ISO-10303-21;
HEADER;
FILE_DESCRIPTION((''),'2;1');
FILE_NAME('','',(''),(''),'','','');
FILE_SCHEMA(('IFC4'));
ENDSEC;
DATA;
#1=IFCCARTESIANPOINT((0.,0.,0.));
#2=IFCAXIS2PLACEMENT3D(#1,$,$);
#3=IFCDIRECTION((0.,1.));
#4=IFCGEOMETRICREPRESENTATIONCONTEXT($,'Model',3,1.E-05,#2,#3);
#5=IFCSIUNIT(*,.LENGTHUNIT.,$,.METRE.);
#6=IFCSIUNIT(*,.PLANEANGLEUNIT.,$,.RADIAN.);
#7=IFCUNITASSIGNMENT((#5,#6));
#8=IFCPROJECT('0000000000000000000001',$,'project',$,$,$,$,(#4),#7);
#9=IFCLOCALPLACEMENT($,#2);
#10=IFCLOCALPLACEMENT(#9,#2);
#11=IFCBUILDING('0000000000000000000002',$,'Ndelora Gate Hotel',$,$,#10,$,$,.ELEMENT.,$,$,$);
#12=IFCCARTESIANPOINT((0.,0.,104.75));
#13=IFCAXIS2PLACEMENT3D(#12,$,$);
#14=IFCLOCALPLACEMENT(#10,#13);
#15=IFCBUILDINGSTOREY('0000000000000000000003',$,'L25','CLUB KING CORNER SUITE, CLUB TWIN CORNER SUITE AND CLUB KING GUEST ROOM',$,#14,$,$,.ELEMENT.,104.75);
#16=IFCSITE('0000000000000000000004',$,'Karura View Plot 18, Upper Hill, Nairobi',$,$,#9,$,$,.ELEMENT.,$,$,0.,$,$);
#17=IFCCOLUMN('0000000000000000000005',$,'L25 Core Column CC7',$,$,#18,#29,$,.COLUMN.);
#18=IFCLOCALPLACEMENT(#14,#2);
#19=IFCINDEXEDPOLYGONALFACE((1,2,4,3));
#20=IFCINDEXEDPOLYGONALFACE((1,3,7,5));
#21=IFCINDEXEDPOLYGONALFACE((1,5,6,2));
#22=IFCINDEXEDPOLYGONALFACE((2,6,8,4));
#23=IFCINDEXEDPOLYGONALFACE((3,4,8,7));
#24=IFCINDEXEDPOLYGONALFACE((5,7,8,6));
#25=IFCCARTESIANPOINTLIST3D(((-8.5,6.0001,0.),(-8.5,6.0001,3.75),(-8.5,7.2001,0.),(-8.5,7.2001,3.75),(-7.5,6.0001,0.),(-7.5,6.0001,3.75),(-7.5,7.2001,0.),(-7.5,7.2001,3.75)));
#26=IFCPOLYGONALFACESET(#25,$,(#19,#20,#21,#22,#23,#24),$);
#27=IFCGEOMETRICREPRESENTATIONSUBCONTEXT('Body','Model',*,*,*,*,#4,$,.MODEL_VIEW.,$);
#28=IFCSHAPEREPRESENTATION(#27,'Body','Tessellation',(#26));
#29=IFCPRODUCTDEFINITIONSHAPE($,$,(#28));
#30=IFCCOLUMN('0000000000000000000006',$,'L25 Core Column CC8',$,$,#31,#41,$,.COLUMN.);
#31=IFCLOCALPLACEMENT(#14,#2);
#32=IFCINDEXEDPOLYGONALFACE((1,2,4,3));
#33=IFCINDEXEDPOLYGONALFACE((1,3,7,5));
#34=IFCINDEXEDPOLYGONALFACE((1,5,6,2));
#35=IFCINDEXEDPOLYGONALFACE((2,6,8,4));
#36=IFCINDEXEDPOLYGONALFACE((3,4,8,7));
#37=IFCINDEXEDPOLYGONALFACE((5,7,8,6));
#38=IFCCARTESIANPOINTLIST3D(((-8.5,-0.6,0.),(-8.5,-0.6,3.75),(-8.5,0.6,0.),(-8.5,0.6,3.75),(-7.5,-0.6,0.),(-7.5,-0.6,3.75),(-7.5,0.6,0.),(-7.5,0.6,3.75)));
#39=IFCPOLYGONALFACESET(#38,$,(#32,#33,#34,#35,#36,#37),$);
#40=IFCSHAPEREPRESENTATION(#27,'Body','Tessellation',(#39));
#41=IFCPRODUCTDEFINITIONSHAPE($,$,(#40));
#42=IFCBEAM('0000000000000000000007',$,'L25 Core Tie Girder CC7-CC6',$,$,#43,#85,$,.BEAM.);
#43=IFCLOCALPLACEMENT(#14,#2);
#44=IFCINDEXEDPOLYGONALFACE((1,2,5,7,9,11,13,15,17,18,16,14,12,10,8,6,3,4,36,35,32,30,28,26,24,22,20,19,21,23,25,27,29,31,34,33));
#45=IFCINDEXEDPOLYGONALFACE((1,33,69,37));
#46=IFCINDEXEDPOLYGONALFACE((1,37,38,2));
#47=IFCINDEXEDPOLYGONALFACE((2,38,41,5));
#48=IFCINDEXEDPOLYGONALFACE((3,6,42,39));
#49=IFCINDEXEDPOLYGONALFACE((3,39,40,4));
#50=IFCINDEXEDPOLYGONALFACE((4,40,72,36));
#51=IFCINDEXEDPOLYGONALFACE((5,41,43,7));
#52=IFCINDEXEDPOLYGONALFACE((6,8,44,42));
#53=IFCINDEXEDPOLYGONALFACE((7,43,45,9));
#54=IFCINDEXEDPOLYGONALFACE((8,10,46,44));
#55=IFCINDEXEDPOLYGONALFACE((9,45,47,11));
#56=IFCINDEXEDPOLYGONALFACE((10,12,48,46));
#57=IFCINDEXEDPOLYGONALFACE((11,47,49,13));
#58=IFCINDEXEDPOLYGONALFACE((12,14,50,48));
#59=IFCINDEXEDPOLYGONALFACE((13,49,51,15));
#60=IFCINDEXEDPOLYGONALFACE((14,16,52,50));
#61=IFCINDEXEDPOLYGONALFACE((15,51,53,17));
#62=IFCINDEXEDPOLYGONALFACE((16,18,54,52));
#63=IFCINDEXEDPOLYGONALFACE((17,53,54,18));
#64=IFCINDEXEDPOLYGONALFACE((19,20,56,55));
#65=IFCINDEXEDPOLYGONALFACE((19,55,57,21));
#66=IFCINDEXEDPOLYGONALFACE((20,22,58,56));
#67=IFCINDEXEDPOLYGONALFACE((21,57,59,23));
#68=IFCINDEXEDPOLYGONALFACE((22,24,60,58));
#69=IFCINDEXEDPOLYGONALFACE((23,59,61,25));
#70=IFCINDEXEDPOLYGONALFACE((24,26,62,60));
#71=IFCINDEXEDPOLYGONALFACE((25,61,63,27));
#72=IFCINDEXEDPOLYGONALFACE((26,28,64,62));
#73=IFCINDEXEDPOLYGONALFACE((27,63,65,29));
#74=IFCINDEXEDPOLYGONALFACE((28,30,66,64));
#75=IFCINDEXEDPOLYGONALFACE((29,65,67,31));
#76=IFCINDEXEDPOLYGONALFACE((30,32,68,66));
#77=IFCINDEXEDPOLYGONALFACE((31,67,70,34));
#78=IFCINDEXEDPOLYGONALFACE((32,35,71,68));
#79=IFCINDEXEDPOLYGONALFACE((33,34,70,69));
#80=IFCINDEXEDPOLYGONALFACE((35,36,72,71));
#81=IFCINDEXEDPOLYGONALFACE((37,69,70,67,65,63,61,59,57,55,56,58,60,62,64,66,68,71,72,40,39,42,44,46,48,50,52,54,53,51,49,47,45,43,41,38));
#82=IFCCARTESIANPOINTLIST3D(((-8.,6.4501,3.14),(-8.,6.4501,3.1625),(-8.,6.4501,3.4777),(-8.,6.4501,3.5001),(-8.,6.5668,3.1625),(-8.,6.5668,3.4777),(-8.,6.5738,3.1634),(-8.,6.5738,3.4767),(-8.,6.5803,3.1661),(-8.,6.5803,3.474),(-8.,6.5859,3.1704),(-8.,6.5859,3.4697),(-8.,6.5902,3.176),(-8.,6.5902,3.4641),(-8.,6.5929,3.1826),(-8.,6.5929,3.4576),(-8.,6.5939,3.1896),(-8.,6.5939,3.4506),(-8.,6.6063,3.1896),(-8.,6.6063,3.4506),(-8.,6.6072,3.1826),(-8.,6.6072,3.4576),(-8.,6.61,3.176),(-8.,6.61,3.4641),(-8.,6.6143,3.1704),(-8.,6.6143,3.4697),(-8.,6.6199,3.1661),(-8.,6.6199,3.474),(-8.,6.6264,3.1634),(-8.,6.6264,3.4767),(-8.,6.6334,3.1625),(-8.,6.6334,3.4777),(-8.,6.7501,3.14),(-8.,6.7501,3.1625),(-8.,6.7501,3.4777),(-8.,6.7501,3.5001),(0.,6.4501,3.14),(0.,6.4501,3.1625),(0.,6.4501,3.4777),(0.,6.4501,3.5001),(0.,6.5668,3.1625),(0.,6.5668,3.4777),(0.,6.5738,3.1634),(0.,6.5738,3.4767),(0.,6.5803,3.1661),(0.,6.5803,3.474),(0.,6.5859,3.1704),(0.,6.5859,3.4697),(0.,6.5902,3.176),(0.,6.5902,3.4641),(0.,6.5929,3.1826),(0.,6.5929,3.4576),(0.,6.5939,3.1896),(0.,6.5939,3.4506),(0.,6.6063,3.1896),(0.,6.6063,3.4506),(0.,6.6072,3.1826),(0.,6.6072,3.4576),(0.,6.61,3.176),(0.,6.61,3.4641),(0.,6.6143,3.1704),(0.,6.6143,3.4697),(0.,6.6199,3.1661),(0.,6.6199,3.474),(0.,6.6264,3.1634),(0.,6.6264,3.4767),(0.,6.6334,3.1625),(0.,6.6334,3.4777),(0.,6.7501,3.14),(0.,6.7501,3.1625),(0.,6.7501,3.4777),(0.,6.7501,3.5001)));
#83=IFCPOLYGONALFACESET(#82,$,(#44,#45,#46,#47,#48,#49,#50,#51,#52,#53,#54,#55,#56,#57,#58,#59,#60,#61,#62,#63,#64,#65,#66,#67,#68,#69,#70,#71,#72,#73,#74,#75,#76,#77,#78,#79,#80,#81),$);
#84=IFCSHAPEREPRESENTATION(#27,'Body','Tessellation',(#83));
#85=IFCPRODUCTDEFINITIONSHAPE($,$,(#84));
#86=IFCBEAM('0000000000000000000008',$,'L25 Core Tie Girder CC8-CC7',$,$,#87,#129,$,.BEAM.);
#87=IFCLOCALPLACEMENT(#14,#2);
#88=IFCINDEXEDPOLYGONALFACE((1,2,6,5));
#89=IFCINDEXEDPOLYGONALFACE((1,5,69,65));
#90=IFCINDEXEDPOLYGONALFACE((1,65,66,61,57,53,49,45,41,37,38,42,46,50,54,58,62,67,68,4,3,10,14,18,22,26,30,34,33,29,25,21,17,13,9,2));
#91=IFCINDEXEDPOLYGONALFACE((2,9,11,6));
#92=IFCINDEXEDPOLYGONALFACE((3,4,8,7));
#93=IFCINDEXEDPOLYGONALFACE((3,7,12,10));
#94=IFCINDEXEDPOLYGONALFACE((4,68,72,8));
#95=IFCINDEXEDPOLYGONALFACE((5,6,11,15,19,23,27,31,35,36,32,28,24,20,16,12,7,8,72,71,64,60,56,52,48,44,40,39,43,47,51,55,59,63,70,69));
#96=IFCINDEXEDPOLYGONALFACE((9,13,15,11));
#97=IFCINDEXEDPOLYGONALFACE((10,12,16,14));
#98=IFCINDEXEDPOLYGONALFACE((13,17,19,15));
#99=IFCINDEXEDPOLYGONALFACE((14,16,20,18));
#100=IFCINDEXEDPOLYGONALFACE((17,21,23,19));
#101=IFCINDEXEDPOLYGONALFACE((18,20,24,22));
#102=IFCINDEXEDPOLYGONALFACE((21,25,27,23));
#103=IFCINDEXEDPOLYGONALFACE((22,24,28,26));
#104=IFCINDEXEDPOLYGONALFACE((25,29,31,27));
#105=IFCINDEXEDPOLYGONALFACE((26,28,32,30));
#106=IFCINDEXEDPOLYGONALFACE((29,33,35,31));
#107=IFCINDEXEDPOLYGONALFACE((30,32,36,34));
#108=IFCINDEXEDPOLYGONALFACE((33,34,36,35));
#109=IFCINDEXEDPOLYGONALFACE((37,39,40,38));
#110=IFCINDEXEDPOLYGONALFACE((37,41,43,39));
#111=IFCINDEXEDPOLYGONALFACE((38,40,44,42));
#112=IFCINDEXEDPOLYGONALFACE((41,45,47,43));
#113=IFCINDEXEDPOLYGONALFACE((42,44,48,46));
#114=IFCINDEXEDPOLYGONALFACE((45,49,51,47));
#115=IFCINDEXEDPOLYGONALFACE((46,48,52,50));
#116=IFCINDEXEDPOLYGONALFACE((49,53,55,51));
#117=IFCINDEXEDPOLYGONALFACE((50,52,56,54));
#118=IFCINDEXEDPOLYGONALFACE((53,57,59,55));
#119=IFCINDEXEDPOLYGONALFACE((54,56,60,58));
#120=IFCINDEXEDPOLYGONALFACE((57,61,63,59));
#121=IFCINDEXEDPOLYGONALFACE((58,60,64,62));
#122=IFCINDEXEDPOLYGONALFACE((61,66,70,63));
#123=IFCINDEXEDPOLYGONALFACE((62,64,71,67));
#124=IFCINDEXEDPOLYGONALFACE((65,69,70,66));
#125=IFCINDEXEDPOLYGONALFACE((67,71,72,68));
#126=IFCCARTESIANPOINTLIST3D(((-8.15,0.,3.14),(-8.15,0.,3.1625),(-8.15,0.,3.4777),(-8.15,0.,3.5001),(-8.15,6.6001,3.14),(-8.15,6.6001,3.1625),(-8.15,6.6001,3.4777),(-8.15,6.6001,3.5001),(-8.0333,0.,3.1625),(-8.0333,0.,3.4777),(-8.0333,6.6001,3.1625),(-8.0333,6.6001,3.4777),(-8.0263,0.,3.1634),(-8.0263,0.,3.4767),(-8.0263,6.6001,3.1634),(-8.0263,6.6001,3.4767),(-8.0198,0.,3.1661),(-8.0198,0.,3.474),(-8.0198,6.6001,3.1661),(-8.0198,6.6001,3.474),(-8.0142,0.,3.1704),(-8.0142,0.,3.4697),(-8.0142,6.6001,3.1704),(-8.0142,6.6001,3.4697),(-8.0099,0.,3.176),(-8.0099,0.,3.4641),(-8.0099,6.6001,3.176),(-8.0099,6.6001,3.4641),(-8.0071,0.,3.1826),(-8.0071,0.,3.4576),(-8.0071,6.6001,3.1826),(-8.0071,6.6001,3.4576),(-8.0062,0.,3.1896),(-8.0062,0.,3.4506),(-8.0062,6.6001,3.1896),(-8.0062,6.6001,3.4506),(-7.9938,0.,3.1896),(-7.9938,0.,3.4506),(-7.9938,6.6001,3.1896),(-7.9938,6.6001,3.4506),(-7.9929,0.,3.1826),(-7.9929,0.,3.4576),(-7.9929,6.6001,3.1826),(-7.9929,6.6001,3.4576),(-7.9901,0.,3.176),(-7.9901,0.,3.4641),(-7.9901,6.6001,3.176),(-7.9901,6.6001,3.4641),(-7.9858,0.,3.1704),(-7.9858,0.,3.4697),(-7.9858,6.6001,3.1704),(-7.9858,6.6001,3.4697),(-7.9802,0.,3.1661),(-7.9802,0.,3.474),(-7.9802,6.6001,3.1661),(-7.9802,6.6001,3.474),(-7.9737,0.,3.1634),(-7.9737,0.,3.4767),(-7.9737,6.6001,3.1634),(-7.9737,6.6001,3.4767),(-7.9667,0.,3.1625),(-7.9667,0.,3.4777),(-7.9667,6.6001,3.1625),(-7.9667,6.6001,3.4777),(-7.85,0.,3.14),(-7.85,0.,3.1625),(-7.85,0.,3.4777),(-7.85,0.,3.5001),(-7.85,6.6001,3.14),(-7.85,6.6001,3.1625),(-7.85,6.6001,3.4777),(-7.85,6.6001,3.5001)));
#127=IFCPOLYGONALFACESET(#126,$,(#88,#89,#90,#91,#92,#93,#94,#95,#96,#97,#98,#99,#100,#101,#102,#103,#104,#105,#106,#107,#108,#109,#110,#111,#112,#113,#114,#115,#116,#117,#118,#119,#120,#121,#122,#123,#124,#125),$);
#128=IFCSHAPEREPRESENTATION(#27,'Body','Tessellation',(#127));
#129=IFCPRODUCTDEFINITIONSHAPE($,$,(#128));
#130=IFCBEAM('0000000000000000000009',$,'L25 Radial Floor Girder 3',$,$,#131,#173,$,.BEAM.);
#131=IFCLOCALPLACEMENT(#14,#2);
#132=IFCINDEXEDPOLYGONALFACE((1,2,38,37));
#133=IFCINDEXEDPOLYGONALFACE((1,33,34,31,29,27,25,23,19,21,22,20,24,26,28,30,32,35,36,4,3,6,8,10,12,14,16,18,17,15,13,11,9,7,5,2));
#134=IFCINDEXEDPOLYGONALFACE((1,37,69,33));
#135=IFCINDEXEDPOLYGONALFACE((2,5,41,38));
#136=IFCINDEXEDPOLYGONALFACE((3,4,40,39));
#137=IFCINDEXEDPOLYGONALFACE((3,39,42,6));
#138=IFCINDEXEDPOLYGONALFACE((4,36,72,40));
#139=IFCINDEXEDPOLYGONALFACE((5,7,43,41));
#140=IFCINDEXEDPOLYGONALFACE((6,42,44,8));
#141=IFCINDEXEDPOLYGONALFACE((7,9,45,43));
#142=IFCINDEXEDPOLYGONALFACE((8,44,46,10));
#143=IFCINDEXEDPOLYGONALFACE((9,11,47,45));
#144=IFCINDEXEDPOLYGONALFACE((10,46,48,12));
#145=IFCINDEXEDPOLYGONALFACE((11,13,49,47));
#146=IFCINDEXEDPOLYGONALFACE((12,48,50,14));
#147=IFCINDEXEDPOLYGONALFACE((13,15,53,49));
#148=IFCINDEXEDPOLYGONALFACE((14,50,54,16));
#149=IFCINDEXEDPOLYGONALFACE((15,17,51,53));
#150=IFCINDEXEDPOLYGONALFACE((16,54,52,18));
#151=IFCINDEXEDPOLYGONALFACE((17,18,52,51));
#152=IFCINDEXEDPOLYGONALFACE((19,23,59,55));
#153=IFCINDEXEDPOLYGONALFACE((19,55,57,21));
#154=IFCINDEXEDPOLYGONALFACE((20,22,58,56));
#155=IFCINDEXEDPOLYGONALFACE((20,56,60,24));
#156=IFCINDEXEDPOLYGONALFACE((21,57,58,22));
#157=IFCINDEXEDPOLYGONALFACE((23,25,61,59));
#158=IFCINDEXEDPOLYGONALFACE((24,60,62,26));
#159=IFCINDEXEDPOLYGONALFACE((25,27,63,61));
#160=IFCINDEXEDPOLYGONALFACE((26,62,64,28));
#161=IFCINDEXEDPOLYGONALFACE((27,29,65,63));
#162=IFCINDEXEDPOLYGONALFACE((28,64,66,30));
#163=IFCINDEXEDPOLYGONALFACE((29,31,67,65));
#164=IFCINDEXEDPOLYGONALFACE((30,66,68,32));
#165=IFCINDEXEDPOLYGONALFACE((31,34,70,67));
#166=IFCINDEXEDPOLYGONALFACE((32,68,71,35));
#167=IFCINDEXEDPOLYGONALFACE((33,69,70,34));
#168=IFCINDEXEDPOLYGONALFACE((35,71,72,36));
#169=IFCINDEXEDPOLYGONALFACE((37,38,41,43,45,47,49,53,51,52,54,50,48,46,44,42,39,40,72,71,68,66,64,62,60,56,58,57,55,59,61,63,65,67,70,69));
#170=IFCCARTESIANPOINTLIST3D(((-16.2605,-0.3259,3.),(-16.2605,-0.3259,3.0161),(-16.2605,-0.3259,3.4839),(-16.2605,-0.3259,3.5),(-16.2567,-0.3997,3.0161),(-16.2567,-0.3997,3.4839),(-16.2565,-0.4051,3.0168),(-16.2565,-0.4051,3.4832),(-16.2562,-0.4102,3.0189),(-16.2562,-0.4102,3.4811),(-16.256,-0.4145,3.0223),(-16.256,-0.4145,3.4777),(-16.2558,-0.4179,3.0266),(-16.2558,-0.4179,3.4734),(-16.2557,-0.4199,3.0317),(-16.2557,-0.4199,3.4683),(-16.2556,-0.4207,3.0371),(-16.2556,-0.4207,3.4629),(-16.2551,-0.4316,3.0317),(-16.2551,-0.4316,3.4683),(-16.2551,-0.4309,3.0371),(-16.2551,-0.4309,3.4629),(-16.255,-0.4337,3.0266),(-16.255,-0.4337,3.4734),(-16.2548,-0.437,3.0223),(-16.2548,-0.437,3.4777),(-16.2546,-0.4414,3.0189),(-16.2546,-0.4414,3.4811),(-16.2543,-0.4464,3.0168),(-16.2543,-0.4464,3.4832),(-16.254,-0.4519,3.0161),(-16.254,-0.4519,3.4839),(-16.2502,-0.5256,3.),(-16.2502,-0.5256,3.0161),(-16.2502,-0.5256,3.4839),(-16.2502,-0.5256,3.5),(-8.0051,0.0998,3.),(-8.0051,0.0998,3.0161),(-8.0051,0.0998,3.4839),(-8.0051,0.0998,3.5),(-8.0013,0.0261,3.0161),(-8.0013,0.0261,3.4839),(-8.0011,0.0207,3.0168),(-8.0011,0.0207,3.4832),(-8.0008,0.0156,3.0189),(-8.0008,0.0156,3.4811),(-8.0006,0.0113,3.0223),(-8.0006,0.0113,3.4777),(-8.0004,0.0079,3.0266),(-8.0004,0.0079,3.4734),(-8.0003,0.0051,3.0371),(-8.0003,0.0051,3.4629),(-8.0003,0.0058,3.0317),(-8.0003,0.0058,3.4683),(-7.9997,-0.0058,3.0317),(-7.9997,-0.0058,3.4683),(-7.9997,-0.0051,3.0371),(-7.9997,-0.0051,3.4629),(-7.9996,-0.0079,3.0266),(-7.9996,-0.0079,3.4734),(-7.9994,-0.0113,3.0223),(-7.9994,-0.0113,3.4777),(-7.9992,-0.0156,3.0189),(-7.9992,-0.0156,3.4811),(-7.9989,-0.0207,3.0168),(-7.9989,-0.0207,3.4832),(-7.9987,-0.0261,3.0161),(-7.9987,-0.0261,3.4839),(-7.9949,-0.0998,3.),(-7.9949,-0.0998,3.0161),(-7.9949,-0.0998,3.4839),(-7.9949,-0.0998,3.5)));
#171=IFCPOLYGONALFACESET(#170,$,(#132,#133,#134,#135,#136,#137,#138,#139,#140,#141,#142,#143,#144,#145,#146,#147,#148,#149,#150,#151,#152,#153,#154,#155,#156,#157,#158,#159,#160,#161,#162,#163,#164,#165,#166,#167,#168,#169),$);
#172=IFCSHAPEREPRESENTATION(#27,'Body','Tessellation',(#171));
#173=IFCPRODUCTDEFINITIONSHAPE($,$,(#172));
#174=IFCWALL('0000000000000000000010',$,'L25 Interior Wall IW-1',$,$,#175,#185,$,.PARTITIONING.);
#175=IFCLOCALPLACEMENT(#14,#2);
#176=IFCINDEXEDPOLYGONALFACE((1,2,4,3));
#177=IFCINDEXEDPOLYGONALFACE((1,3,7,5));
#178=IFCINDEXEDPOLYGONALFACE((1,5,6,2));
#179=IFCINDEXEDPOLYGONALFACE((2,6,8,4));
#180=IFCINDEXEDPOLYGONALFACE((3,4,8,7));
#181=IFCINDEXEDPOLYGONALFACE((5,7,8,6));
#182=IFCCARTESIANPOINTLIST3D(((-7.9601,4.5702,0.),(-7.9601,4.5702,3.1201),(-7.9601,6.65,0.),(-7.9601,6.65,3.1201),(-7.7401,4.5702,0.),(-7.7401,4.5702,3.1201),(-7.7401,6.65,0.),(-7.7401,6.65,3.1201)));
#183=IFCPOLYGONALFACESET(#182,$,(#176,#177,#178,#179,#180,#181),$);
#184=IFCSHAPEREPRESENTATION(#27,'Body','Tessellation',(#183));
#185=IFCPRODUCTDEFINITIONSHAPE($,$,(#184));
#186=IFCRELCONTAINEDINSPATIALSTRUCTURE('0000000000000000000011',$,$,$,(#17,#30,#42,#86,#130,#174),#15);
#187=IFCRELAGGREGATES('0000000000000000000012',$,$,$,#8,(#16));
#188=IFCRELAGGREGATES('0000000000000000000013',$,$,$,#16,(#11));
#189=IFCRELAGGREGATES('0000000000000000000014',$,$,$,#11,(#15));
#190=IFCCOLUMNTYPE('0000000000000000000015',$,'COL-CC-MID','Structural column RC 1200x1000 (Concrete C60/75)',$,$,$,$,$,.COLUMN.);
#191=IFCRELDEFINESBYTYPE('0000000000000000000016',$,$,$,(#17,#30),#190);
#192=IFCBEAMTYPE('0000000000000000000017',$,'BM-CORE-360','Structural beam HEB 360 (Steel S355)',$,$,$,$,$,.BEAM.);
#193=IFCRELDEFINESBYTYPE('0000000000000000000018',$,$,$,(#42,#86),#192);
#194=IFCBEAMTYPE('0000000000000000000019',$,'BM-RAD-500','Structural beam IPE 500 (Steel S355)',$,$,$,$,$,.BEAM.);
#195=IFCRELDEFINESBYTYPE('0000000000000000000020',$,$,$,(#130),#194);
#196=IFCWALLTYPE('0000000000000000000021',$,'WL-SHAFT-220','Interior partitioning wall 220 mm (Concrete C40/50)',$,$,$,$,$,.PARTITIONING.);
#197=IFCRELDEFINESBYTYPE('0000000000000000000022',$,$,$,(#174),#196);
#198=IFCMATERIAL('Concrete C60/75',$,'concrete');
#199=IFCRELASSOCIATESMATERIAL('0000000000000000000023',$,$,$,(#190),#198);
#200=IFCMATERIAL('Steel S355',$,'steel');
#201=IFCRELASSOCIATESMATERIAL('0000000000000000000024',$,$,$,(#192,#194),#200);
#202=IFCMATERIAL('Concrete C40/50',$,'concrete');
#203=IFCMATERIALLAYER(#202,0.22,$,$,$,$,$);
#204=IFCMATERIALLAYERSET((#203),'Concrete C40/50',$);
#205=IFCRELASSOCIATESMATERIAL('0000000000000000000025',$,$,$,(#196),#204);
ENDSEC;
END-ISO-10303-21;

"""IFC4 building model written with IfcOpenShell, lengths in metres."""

from ifc_helpers import new_model, si_unit, direction, frame, frame_2d, origin, origin_2d, place, context, subcontext, project, spatial, rectangle, i_section, extrude, material, layer, layer_set, material_profile, profile_set, type_object, element, save


model = new_model("IFC4")

# Units and contexts
model_context = context("Model", 3, precision=1e-05, world=origin(), true_north=direction((0.0, 1.0)))
body_context = subcontext(model_context, "Body", "Model", "MODEL_VIEW")
ifc_project = project(units=[si_unit("LENGTHUNIT", "METRE"), si_unit("PLANEANGLEUNIT", "RADIAN")], contexts=[model_context])

# Site, building, storey
site_placement = place(None, origin())
site = spatial("IfcSite", under=ifc_project, at=site_placement, Name="Karura View Plot 18, Upper Hill, Nairobi", CompositionType="ELEMENT", RefElevation=0.0)
building_placement = place(site_placement, origin())
building = spatial("IfcBuilding", under=site, at=building_placement, Name="Ndelora Gate Hotel", CompositionType="ELEMENT")
storey_placement = place(building_placement, frame((0.0, 0.0, 104.75)))
storey = spatial("IfcBuildingStorey", under=building, at=storey_placement, Name="L25", Description="CLUB KING CORNER SUITE, CLUB TWIN CORNER SUITE AND CLUB KING GUEST ROOM", CompositionType="ELEMENT", Elevation=104.75)

# Columns
ifc_material_1 = material(Name="Concrete C60/75", Category="concrete")
ifc_material_profile_1 = material_profile(ifc_material_1, rectangle(XDim=1.0, YDim=1.2, at=origin_2d()), Name="RC 1200x1000")
ifc_profile_set_1 = profile_set([ifc_material_profile_1], Name="Concrete C60/75")
column_type = type_object("IfcColumnType", Name="COL-CC-MID", Description="Structural column RC 1200x1000 (Concrete C60/75)", PredefinedType="COLUMN", material=ifc_profile_set_1)
for number, where, z_axis, x_axis, name in (
    (1, (-8.0, 6.6001, 0.0), (0.0, 0.0, 1.0), (1.0, 0.0, 0.0), "L25 Core Column CC7"),
    (2, (-8.0, 0.0, 0.0), (0.0, 0.0, 1.0), (1.0, 0.0, 0.0), "L25 Core Column CC8"),
):
    element("IfcColumn", number, at=place(storey_placement, frame(where, z_axis=z_axis, x_axis=x_axis)), inside=storey, type_object=column_type, Name=name, PredefinedType="COLUMN", context=body_context, shape_type="SweptSolid", body=[
        extrude(rectangle(XDim=1.0, YDim=1.2, at=origin_2d()), origin(), (0.0, 0.0, 1.0), 3.75),
    ])

# Beams
ifc_material_2 = material(Name="Steel S355", Category="steel")
ifc_material_profile_2 = material_profile(ifc_material_2, i_section(OverallWidth=0.3, OverallDepth=0.3601, WebThickness=0.0125, FlangeThickness=0.0225, FilletRadius=0.0271, at=origin_2d()), Name="HEB 360")
ifc_profile_set_2 = profile_set([ifc_material_profile_2], Name="Steel S355")
beam_type_1 = type_object("IfcBeamType", Name="BM-CORE-360", Description="Structural beam HEB 360 (Steel S355)", PredefinedType="BEAM", material=ifc_profile_set_2)
beam_1_placement = place(storey_placement, frame((-8.0, 6.6001, 3.3201), z_axis=(1.0, 0.0, 0.0), x_axis=(0.0, 1.0, 0.0)))
element("IfcBeam", 3, at=beam_1_placement, inside=storey, type_object=beam_type_1, Name="L25 Core Tie Girder CC7-CC6", PredefinedType="BEAM", context=body_context, shape_type="SweptSolid", body=[
    extrude(i_section(OverallWidth=0.3, OverallDepth=0.3601, WebThickness=0.0125, FlangeThickness=0.0225, FilletRadius=0.0271, at=origin_2d()), origin(), (0.0, 0.0, 1.0), 8.0),
])
beam_2_placement = place(storey_placement, frame((-8.0, 0.0, 3.3201), z_axis=(0.0, 1.0, 0.0), x_axis=(-1.0, 0.0, 0.0)))
element("IfcBeam", 4, at=beam_2_placement, inside=storey, type_object=beam_type_1, Name="L25 Core Tie Girder CC8-CC7", PredefinedType="BEAM", context=body_context, shape_type="SweptSolid", body=[
    extrude(i_section(OverallWidth=0.3, OverallDepth=0.3601, WebThickness=0.0125, FlangeThickness=0.0225, FilletRadius=0.0271, at=origin_2d()), origin(), (0.0, 0.0, 1.0), 6.6001),
])
ifc_material_profile_3 = material_profile(ifc_material_2, i_section(OverallWidth=0.2, OverallDepth=0.5, WebThickness=0.0103, FlangeThickness=0.0161, FilletRadius=0.021, at=origin_2d()), Name="IPE 500")
ifc_profile_set_3 = profile_set([ifc_material_profile_3], Name="Steel S355")
beam_type_2 = type_object("IfcBeamType", Name="BM-RAD-500", Description="Structural beam IPE 500 (Steel S355)", PredefinedType="BEAM", material=ifc_profile_set_3)
beam_3_placement = place(storey_placement, frame((-8.0, 0.0, 3.25), z_axis=(-0.998673, -0.051508, 0.0), x_axis=(0.051508, -0.998673, 0.0)))
element("IfcBeam", 5, at=beam_3_placement, inside=storey, type_object=beam_type_2, Name="L25 Radial Floor Girder 3", PredefinedType="BEAM", context=body_context, shape_type="SweptSolid", body=[
    extrude(i_section(OverallWidth=0.2, OverallDepth=0.5, WebThickness=0.0103, FlangeThickness=0.0161, FilletRadius=0.021, at=origin_2d()), origin(), (0.0, 0.0, 1.0), 8.2664),
])

# Shared definitions
ifc_material_3 = material(Name="Concrete C40/50", Category="concrete")
ifc_layer_1 = layer(ifc_material_3, 0.22)
ifc_layer_set_1 = layer_set([ifc_layer_1], Name="Concrete C40/50")
wall_type_1 = type_object("IfcWallType", Name="WL-SHAFT-220", Description="Interior partitioning wall 220 mm (Concrete C40/50)", PredefinedType="PARTITIONING", material=ifc_layer_set_1)

# Wall
wall_1_placement = place(storey_placement, frame((-7.8501, 4.5701, 0.0), z_axis=(0.0, 0.0, 1.0), x_axis=(0.0, 1.0, 0.0)))
element("IfcWall", 6, at=wall_1_placement, inside=storey, type_object=wall_type_1, Name="L25 Interior Wall IW-1", PredefinedType="PARTITIONING", context=body_context, shape_type="SweptSolid", body=[
    extrude(rectangle(XDim=2.0798, YDim=0.22, at=frame_2d((1.04, 0.0))), origin(), (0.0, 0.0, 1.0), 3.1201),
])

save(model, "model.ifc")
